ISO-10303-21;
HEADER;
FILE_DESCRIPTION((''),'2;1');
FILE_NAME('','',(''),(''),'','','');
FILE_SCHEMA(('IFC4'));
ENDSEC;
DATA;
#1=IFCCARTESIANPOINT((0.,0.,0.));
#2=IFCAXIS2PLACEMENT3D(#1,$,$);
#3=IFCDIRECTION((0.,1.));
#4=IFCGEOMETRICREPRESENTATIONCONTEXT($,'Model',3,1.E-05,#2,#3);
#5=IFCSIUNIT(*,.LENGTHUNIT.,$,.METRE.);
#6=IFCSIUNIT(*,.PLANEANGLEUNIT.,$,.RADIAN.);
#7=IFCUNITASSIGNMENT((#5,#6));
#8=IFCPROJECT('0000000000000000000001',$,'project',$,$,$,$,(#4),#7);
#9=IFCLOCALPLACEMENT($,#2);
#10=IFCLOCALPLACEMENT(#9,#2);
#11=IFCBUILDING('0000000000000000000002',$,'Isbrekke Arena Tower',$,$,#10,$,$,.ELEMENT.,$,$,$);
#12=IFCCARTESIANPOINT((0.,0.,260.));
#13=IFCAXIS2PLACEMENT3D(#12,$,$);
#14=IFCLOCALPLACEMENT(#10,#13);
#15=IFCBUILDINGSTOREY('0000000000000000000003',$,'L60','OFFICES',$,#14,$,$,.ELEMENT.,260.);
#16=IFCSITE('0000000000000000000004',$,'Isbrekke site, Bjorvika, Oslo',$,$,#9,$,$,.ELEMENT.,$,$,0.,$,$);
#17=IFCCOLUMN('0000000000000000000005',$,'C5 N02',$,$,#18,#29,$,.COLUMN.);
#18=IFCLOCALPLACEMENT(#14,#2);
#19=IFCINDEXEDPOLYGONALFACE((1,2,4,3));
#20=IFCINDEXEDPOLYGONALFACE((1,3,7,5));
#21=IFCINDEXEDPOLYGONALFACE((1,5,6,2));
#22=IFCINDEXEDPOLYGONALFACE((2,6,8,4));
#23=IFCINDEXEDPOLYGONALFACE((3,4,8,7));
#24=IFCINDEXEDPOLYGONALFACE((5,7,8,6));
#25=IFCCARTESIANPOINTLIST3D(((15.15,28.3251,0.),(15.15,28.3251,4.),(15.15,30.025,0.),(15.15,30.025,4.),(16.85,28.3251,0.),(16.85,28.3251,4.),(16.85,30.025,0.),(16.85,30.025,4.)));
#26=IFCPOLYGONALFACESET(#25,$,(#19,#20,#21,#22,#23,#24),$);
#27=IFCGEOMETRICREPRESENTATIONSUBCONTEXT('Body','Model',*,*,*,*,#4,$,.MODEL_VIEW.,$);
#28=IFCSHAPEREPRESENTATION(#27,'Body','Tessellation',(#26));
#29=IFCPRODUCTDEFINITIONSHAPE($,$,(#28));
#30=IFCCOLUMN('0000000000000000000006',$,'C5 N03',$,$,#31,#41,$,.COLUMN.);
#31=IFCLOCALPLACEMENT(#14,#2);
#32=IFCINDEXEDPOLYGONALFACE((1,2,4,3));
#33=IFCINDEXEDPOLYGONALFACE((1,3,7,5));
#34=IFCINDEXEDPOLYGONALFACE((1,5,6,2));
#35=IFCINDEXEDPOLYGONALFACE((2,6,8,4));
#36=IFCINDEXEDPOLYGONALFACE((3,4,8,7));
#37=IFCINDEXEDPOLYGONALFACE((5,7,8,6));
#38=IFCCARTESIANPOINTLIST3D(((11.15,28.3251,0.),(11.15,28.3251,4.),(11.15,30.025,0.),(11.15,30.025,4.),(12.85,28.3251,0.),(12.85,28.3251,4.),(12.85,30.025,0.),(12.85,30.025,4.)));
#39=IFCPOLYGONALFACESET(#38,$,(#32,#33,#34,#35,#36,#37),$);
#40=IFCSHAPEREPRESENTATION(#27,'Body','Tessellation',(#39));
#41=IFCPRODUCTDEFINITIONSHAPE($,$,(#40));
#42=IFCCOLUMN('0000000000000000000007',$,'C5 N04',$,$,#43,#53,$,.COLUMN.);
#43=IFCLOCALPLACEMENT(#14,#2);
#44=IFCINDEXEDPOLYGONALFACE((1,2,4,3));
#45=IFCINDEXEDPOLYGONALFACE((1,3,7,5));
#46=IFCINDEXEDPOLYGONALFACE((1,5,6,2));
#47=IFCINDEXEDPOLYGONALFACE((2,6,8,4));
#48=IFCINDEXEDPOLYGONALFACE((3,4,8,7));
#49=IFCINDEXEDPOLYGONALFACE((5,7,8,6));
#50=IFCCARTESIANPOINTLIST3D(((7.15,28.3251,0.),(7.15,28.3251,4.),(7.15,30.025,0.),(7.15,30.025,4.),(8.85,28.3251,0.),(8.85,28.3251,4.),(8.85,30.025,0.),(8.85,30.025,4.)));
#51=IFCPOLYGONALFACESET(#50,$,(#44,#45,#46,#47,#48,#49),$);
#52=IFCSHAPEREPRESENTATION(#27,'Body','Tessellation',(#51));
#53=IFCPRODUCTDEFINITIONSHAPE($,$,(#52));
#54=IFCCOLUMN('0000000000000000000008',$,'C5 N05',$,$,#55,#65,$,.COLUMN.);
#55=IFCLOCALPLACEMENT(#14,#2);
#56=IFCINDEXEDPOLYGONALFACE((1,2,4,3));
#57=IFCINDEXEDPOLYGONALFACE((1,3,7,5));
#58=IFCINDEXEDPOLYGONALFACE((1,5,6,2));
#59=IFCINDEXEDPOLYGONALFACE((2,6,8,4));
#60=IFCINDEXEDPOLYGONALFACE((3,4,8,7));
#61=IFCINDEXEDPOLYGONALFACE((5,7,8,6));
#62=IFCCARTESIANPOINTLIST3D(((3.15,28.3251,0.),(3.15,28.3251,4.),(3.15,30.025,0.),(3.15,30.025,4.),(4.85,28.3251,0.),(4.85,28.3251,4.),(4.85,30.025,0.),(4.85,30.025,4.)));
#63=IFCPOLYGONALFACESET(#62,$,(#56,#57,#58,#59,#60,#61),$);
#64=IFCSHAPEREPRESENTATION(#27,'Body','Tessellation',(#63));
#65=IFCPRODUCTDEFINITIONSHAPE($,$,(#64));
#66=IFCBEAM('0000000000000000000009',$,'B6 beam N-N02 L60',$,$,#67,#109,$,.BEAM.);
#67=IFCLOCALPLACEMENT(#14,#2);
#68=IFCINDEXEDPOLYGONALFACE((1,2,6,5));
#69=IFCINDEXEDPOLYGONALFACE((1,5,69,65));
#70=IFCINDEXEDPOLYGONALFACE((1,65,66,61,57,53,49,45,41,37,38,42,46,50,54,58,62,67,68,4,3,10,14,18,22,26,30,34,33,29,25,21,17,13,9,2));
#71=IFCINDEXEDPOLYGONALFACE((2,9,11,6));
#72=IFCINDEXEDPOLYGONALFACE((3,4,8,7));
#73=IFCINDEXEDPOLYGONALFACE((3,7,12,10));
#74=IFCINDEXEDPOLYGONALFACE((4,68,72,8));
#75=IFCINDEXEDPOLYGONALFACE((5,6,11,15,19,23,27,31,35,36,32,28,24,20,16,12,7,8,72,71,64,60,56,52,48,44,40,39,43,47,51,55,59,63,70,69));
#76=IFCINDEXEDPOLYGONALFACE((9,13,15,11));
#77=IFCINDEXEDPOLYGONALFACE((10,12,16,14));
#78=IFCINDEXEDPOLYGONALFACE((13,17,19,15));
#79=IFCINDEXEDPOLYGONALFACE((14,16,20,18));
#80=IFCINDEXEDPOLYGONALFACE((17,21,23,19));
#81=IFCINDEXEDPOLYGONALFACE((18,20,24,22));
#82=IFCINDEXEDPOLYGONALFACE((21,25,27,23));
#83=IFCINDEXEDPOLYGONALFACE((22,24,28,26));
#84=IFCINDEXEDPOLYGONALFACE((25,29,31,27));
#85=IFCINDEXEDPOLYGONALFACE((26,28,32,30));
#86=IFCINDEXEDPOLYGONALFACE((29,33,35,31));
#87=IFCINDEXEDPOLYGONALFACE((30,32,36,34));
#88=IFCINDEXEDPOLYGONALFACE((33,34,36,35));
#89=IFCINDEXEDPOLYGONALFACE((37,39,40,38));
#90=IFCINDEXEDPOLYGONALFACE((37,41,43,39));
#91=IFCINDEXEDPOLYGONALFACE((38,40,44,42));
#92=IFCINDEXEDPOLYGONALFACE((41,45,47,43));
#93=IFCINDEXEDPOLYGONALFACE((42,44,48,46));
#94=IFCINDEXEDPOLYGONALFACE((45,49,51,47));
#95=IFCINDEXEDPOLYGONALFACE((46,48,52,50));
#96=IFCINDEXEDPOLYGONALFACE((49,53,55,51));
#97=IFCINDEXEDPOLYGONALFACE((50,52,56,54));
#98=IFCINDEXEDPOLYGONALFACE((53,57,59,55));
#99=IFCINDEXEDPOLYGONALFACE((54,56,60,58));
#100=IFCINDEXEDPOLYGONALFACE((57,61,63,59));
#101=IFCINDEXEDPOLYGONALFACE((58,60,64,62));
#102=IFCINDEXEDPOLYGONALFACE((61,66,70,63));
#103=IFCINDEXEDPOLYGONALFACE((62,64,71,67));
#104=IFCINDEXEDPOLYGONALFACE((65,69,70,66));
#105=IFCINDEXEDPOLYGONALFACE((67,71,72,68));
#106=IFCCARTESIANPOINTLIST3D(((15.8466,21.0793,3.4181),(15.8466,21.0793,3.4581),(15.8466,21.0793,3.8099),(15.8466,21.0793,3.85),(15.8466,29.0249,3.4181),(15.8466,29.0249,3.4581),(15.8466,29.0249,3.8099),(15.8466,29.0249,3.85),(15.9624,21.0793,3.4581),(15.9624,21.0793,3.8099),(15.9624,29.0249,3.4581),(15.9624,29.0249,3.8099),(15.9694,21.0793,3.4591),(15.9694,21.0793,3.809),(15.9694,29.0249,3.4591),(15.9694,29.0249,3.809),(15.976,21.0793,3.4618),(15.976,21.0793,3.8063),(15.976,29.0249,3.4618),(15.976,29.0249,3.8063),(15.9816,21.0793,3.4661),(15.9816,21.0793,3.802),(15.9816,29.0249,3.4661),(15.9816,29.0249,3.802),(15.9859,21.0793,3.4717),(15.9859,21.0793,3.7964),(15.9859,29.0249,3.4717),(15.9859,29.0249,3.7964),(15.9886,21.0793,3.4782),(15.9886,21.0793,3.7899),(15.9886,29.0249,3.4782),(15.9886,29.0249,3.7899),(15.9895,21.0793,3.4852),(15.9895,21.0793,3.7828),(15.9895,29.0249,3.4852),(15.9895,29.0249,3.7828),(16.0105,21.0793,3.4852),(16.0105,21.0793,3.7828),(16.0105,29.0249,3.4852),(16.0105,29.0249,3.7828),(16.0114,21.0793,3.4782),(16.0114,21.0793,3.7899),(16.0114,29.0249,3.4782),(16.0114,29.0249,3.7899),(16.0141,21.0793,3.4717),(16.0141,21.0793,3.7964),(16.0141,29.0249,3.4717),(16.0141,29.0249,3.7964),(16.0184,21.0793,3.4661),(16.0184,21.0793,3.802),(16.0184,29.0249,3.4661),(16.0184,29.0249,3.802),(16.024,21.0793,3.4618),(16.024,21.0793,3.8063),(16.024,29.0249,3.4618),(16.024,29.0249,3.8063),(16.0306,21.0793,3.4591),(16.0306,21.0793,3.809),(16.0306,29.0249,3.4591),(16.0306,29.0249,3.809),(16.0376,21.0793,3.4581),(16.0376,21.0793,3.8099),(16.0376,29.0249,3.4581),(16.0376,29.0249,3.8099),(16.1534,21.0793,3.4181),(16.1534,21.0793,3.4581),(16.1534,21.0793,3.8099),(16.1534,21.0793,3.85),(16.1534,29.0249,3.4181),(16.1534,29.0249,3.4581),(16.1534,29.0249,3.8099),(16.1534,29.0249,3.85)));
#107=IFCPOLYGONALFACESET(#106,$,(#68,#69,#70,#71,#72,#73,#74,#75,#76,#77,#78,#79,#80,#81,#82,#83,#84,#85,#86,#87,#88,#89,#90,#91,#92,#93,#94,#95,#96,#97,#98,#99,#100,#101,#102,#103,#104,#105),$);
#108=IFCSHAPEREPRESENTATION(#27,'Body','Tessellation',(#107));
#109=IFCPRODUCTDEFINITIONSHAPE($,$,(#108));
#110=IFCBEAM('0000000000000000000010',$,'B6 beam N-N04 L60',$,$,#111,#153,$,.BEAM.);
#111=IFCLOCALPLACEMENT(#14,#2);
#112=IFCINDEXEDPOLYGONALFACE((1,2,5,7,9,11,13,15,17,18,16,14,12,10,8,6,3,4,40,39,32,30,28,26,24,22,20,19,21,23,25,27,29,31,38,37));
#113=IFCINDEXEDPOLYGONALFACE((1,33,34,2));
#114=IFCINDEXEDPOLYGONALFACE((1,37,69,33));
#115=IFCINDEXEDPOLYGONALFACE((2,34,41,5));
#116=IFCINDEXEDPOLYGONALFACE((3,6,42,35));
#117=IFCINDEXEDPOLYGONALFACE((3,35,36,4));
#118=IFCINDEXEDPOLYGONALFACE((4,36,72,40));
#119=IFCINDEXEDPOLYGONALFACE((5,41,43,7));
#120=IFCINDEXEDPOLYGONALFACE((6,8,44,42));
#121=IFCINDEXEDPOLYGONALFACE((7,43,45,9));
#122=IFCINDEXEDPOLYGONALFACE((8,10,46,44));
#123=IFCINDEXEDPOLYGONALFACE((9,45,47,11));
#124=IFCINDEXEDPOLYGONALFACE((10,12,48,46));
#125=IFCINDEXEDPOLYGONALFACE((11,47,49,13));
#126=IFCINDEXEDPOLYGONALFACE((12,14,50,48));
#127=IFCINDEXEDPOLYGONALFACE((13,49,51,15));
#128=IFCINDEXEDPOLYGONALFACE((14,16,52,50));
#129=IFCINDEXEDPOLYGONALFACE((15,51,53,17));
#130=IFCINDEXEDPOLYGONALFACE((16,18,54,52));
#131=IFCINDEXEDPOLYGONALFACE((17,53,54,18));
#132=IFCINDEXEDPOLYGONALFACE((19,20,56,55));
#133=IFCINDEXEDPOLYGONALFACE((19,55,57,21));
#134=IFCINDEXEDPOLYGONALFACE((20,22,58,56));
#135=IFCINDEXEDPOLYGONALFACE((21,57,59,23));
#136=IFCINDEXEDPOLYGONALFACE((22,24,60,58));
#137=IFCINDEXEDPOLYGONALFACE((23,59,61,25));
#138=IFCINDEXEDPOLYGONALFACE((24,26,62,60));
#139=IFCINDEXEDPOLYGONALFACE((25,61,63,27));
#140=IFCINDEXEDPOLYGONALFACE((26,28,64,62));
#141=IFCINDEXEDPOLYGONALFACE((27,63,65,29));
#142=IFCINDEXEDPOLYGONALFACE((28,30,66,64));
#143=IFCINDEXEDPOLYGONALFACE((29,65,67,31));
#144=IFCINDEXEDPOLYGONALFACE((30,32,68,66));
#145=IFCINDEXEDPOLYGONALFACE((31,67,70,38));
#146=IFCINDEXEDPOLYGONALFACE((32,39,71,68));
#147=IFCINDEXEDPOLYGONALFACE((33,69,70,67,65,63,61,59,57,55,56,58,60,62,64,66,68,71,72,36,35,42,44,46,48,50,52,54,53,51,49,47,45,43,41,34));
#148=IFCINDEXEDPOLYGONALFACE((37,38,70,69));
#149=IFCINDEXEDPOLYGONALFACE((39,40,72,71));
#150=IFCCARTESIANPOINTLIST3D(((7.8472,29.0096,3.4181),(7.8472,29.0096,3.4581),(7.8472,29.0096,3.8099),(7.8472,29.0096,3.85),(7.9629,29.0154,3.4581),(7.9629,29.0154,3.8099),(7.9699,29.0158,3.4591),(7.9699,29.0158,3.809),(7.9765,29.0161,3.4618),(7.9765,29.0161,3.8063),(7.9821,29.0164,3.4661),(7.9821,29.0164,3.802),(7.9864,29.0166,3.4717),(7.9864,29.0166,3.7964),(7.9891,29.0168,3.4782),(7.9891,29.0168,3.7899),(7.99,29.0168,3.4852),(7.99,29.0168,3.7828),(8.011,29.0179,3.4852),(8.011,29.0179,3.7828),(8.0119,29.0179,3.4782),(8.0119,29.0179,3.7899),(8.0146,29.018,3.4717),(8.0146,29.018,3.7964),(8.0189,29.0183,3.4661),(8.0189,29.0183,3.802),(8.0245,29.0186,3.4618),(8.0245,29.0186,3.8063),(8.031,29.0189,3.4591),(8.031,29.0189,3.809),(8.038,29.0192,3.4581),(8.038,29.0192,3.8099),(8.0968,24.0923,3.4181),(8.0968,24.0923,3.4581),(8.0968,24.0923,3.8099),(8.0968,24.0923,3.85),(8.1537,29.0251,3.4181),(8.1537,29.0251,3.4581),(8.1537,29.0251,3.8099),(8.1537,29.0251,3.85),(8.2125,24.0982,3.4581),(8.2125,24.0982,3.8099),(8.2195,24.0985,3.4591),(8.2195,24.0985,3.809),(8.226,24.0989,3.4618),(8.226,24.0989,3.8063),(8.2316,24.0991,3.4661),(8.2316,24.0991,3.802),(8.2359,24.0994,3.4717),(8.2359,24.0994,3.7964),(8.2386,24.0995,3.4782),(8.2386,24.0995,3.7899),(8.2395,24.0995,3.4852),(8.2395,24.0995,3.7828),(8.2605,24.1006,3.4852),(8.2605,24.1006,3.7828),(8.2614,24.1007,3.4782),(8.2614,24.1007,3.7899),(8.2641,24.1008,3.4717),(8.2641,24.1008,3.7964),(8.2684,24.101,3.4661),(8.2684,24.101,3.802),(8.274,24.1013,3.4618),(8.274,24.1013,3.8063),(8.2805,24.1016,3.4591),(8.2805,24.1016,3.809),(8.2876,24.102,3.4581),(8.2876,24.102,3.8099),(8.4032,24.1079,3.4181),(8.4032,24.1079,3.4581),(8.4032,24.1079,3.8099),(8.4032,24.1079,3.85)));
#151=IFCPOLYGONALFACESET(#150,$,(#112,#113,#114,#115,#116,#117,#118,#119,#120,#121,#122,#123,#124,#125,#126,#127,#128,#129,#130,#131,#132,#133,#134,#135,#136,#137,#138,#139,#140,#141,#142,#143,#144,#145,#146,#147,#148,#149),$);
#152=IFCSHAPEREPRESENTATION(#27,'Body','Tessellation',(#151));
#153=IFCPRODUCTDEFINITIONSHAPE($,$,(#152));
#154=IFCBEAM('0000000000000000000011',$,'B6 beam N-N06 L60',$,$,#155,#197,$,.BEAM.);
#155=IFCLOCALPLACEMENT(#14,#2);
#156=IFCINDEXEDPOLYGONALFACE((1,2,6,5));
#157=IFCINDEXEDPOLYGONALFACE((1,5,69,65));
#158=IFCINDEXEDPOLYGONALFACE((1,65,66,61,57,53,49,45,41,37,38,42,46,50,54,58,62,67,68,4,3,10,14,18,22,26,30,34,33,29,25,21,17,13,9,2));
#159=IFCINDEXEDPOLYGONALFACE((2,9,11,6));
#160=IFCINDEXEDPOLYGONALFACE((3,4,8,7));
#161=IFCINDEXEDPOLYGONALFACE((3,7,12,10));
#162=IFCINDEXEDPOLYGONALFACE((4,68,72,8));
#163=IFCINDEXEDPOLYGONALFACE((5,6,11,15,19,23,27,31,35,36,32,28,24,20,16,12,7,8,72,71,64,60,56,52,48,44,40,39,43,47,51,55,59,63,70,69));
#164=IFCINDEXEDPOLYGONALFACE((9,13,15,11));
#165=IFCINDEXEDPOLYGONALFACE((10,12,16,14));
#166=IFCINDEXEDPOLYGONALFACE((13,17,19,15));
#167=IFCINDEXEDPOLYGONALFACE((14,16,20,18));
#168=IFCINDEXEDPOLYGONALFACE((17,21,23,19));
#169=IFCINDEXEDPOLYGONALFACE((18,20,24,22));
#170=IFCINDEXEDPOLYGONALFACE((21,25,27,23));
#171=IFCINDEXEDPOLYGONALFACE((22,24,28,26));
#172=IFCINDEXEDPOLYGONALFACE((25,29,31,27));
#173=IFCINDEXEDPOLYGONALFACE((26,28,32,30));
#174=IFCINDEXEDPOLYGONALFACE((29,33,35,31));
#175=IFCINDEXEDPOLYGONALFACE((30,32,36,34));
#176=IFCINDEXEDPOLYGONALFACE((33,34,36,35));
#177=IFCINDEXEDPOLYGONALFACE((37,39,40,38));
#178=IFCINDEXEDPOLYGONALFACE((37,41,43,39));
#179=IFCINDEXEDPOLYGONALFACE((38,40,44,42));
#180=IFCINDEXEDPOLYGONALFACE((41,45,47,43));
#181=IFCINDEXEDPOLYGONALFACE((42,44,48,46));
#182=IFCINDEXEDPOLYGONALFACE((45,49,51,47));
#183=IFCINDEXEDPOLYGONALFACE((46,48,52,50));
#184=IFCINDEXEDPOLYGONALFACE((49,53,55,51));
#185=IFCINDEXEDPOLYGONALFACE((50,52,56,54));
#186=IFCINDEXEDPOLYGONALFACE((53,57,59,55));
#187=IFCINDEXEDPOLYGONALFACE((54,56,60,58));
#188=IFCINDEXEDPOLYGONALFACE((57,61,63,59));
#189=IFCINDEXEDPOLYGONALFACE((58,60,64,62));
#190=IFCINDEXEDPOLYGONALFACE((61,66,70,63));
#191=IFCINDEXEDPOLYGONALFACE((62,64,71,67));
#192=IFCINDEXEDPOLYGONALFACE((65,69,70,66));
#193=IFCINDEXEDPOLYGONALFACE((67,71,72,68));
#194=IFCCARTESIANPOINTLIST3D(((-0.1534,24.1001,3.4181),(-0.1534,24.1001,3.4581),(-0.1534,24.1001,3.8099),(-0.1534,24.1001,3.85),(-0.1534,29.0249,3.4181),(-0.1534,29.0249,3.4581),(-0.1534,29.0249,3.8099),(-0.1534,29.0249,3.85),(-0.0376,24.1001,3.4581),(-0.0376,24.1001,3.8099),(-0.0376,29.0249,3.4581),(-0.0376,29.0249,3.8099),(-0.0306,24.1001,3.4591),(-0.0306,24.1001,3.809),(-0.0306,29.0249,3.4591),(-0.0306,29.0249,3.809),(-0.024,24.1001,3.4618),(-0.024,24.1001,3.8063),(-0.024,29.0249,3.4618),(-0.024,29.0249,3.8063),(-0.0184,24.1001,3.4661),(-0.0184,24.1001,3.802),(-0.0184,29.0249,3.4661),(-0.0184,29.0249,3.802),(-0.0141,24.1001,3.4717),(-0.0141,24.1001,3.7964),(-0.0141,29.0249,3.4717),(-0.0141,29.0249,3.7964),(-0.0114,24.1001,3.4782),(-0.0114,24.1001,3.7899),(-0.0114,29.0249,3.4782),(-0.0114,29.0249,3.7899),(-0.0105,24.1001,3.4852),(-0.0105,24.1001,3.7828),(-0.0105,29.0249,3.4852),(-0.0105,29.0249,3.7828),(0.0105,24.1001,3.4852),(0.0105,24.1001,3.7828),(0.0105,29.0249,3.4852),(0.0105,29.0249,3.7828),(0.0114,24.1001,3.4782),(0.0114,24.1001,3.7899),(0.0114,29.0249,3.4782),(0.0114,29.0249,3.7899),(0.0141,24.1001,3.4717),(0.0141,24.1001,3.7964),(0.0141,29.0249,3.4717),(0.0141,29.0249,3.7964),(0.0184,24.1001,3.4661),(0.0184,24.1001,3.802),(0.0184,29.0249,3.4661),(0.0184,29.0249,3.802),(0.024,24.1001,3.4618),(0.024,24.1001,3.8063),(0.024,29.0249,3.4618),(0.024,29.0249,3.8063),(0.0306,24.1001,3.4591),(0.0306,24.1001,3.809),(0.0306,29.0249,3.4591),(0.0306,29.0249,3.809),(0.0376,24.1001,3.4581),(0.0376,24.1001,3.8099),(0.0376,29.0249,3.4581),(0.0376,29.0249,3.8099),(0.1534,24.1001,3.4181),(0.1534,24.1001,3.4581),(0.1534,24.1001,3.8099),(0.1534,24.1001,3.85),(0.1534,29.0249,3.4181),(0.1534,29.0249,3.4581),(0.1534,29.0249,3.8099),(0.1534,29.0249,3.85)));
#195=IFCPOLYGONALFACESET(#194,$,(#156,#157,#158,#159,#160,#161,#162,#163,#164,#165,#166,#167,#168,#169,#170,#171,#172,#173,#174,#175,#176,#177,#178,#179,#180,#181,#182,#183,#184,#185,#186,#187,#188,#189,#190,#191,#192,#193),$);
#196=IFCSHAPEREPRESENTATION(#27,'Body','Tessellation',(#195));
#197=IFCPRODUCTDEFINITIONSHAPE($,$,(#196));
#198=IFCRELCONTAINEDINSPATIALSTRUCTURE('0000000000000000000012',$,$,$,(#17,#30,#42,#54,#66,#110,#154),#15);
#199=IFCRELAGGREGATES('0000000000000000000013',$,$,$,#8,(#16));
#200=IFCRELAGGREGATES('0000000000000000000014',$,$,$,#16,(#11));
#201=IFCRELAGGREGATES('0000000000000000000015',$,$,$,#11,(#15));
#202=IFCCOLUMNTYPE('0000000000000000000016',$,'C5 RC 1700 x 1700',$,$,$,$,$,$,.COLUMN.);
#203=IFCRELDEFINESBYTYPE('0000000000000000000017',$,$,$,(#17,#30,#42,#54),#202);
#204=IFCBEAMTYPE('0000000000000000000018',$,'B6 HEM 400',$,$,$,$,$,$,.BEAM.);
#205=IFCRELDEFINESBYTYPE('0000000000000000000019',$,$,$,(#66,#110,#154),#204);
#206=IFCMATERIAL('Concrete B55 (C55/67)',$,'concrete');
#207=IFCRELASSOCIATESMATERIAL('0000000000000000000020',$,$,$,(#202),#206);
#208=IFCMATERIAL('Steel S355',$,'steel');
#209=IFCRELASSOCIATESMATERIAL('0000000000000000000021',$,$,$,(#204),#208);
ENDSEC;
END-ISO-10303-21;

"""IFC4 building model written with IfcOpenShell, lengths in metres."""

from ifc_helpers import new_model, si_unit, direction, frame, origin, origin_2d, place, context, subcontext, project, spatial, rectangle, i_section, extrude, material, material_profile, profile_set, type_object, element, save


model = new_model("IFC4")

# Units and contexts
model_context = context("Model", 3, precision=1e-05, world=origin(), true_north=direction((0.0, 1.0)))
body_context = subcontext(model_context, "Body", "Model", "MODEL_VIEW")
ifc_project = project(units=[si_unit("LENGTHUNIT", "METRE"), si_unit("PLANEANGLEUNIT", "RADIAN")], contexts=[model_context])

# Site, building, storey
site_placement = place(None, origin())
site = spatial("IfcSite", under=ifc_project, at=site_placement, Name="Isbrekke site, Bjorvika, Oslo", CompositionType="ELEMENT", RefElevation=0.0)
building_placement = place(site_placement, origin())
building = spatial("IfcBuilding", under=site, at=building_placement, Name="Isbrekke Arena Tower", CompositionType="ELEMENT")
storey_placement = place(building_placement, frame((0.0, 0.0, 260.0)))
storey = spatial("IfcBuildingStorey", under=building, at=storey_placement, Name="L60", Description="OFFICES", CompositionType="ELEMENT", Elevation=260.0)

# Columns
ifc_material_1 = material(Name="Concrete B55 (C55/67)", Category="concrete")
ifc_material_profile_1 = material_profile(ifc_material_1, rectangle(XDim=1.7, YDim=1.7, at=origin_2d()), Name="RC 1700x1700")
ifc_profile_set_1 = profile_set([ifc_material_profile_1], Name="Concrete B55 (C55/67)")
column_type = type_object("IfcColumnType", Name="C5 RC 1700 x 1700", PredefinedType="COLUMN", material=ifc_profile_set_1)
for number, where, z_axis, x_axis, name in (
    (1, (16.0, 29.175, 0.0), (0.0, 0.0, 1.0), (-1.0, 0.0, 0.0), "C5 N02"),
    (2, (12.0, 29.175, 0.0), (0.0, 0.0, 1.0), (-1.0, 0.0, 0.0), "C5 N03"),
    (3, (8.0, 29.175, 0.0), (0.0, 0.0, 1.0), (-1.0, 0.0, 0.0), "C5 N04"),
    (4, (4.0, 29.175, 0.0), (0.0, 0.0, 1.0), (-1.0, 0.0, 0.0), "C5 N05"),
):
    element("IfcColumn", number, at=place(storey_placement, frame(where, z_axis=z_axis, x_axis=x_axis)), inside=storey, type_object=column_type, Name=name, PredefinedType="COLUMN", context=body_context, shape_type="SweptSolid", body=[
        extrude(rectangle(XDim=1.7, YDim=1.7, at=origin_2d()), origin(), (0.0, 0.0, 1.0), 4.0),
    ])

# Beams
ifc_material_2 = material(Name="Steel S355", Category="steel")
ifc_material_profile_2 = material_profile(ifc_material_2, i_section(OverallWidth=0.3069, OverallDepth=0.4319, WebThickness=0.021, FlangeThickness=0.04, FilletRadius=0.0271, at=origin_2d()), Name="HEM 400")
ifc_profile_set_2 = profile_set([ifc_material_profile_2], Name="Steel S355")
beam_type_1 = type_object("IfcBeamType", Name="B6 HEM 400", PredefinedType="BEAM", material=ifc_profile_set_2)
beam_1_placement = place(storey_placement, frame((16.0, 29.0249, 3.634), z_axis=(0.0, -1.0, 0.0), x_axis=(1.0, 0.0, 0.0)))
element("IfcBeam", 5, at=beam_1_placement, inside=storey, type_object=beam_type_1, Name="B6 beam N-N02 L60", PredefinedType="BEAM", context=body_context, shape_type="SweptSolid", body=[
    extrude(i_section(OverallWidth=0.3069, OverallDepth=0.4319, WebThickness=0.021, FlangeThickness=0.04, FilletRadius=0.0271, at=origin_2d()), origin(), (0.0, 0.0, 1.0), 7.9456),
])
beam_2_placement = place(storey_placement, frame((8.0005, 29.0173, 3.634), z_axis=(0.050677, -0.998715, 0.0), x_axis=(0.998715, 0.050677, 0.0)))
element("IfcBeam", 6, at=beam_2_placement, inside=storey, type_object=beam_type_1, Name="B6 beam N-N04 L60", PredefinedType="BEAM", context=body_context, shape_type="SweptSolid", body=[
    extrude(i_section(OverallWidth=0.3069, OverallDepth=0.4319, WebThickness=0.021, FlangeThickness=0.04, FilletRadius=0.0271, at=origin_2d()), origin(), (0.0, 0.0, 1.0), 4.9236),
])
beam_3_placement = place(storey_placement, frame((0.0, 29.0249, 3.634), z_axis=(0.0, -1.0, 0.0), x_axis=(1.0, 0.0, 0.0)))
element("IfcBeam", 7, at=beam_3_placement, inside=storey, type_object=beam_type_1, Name="B6 beam N-N06 L60", PredefinedType="BEAM", context=body_context, shape_type="SweptSolid", body=[
    extrude(i_section(OverallWidth=0.3069, OverallDepth=0.4319, WebThickness=0.021, FlangeThickness=0.04, FilletRadius=0.0271, at=origin_2d()), origin(), (0.0, 0.0, 1.0), 4.9248),
])

save(model, "model.ifc")
